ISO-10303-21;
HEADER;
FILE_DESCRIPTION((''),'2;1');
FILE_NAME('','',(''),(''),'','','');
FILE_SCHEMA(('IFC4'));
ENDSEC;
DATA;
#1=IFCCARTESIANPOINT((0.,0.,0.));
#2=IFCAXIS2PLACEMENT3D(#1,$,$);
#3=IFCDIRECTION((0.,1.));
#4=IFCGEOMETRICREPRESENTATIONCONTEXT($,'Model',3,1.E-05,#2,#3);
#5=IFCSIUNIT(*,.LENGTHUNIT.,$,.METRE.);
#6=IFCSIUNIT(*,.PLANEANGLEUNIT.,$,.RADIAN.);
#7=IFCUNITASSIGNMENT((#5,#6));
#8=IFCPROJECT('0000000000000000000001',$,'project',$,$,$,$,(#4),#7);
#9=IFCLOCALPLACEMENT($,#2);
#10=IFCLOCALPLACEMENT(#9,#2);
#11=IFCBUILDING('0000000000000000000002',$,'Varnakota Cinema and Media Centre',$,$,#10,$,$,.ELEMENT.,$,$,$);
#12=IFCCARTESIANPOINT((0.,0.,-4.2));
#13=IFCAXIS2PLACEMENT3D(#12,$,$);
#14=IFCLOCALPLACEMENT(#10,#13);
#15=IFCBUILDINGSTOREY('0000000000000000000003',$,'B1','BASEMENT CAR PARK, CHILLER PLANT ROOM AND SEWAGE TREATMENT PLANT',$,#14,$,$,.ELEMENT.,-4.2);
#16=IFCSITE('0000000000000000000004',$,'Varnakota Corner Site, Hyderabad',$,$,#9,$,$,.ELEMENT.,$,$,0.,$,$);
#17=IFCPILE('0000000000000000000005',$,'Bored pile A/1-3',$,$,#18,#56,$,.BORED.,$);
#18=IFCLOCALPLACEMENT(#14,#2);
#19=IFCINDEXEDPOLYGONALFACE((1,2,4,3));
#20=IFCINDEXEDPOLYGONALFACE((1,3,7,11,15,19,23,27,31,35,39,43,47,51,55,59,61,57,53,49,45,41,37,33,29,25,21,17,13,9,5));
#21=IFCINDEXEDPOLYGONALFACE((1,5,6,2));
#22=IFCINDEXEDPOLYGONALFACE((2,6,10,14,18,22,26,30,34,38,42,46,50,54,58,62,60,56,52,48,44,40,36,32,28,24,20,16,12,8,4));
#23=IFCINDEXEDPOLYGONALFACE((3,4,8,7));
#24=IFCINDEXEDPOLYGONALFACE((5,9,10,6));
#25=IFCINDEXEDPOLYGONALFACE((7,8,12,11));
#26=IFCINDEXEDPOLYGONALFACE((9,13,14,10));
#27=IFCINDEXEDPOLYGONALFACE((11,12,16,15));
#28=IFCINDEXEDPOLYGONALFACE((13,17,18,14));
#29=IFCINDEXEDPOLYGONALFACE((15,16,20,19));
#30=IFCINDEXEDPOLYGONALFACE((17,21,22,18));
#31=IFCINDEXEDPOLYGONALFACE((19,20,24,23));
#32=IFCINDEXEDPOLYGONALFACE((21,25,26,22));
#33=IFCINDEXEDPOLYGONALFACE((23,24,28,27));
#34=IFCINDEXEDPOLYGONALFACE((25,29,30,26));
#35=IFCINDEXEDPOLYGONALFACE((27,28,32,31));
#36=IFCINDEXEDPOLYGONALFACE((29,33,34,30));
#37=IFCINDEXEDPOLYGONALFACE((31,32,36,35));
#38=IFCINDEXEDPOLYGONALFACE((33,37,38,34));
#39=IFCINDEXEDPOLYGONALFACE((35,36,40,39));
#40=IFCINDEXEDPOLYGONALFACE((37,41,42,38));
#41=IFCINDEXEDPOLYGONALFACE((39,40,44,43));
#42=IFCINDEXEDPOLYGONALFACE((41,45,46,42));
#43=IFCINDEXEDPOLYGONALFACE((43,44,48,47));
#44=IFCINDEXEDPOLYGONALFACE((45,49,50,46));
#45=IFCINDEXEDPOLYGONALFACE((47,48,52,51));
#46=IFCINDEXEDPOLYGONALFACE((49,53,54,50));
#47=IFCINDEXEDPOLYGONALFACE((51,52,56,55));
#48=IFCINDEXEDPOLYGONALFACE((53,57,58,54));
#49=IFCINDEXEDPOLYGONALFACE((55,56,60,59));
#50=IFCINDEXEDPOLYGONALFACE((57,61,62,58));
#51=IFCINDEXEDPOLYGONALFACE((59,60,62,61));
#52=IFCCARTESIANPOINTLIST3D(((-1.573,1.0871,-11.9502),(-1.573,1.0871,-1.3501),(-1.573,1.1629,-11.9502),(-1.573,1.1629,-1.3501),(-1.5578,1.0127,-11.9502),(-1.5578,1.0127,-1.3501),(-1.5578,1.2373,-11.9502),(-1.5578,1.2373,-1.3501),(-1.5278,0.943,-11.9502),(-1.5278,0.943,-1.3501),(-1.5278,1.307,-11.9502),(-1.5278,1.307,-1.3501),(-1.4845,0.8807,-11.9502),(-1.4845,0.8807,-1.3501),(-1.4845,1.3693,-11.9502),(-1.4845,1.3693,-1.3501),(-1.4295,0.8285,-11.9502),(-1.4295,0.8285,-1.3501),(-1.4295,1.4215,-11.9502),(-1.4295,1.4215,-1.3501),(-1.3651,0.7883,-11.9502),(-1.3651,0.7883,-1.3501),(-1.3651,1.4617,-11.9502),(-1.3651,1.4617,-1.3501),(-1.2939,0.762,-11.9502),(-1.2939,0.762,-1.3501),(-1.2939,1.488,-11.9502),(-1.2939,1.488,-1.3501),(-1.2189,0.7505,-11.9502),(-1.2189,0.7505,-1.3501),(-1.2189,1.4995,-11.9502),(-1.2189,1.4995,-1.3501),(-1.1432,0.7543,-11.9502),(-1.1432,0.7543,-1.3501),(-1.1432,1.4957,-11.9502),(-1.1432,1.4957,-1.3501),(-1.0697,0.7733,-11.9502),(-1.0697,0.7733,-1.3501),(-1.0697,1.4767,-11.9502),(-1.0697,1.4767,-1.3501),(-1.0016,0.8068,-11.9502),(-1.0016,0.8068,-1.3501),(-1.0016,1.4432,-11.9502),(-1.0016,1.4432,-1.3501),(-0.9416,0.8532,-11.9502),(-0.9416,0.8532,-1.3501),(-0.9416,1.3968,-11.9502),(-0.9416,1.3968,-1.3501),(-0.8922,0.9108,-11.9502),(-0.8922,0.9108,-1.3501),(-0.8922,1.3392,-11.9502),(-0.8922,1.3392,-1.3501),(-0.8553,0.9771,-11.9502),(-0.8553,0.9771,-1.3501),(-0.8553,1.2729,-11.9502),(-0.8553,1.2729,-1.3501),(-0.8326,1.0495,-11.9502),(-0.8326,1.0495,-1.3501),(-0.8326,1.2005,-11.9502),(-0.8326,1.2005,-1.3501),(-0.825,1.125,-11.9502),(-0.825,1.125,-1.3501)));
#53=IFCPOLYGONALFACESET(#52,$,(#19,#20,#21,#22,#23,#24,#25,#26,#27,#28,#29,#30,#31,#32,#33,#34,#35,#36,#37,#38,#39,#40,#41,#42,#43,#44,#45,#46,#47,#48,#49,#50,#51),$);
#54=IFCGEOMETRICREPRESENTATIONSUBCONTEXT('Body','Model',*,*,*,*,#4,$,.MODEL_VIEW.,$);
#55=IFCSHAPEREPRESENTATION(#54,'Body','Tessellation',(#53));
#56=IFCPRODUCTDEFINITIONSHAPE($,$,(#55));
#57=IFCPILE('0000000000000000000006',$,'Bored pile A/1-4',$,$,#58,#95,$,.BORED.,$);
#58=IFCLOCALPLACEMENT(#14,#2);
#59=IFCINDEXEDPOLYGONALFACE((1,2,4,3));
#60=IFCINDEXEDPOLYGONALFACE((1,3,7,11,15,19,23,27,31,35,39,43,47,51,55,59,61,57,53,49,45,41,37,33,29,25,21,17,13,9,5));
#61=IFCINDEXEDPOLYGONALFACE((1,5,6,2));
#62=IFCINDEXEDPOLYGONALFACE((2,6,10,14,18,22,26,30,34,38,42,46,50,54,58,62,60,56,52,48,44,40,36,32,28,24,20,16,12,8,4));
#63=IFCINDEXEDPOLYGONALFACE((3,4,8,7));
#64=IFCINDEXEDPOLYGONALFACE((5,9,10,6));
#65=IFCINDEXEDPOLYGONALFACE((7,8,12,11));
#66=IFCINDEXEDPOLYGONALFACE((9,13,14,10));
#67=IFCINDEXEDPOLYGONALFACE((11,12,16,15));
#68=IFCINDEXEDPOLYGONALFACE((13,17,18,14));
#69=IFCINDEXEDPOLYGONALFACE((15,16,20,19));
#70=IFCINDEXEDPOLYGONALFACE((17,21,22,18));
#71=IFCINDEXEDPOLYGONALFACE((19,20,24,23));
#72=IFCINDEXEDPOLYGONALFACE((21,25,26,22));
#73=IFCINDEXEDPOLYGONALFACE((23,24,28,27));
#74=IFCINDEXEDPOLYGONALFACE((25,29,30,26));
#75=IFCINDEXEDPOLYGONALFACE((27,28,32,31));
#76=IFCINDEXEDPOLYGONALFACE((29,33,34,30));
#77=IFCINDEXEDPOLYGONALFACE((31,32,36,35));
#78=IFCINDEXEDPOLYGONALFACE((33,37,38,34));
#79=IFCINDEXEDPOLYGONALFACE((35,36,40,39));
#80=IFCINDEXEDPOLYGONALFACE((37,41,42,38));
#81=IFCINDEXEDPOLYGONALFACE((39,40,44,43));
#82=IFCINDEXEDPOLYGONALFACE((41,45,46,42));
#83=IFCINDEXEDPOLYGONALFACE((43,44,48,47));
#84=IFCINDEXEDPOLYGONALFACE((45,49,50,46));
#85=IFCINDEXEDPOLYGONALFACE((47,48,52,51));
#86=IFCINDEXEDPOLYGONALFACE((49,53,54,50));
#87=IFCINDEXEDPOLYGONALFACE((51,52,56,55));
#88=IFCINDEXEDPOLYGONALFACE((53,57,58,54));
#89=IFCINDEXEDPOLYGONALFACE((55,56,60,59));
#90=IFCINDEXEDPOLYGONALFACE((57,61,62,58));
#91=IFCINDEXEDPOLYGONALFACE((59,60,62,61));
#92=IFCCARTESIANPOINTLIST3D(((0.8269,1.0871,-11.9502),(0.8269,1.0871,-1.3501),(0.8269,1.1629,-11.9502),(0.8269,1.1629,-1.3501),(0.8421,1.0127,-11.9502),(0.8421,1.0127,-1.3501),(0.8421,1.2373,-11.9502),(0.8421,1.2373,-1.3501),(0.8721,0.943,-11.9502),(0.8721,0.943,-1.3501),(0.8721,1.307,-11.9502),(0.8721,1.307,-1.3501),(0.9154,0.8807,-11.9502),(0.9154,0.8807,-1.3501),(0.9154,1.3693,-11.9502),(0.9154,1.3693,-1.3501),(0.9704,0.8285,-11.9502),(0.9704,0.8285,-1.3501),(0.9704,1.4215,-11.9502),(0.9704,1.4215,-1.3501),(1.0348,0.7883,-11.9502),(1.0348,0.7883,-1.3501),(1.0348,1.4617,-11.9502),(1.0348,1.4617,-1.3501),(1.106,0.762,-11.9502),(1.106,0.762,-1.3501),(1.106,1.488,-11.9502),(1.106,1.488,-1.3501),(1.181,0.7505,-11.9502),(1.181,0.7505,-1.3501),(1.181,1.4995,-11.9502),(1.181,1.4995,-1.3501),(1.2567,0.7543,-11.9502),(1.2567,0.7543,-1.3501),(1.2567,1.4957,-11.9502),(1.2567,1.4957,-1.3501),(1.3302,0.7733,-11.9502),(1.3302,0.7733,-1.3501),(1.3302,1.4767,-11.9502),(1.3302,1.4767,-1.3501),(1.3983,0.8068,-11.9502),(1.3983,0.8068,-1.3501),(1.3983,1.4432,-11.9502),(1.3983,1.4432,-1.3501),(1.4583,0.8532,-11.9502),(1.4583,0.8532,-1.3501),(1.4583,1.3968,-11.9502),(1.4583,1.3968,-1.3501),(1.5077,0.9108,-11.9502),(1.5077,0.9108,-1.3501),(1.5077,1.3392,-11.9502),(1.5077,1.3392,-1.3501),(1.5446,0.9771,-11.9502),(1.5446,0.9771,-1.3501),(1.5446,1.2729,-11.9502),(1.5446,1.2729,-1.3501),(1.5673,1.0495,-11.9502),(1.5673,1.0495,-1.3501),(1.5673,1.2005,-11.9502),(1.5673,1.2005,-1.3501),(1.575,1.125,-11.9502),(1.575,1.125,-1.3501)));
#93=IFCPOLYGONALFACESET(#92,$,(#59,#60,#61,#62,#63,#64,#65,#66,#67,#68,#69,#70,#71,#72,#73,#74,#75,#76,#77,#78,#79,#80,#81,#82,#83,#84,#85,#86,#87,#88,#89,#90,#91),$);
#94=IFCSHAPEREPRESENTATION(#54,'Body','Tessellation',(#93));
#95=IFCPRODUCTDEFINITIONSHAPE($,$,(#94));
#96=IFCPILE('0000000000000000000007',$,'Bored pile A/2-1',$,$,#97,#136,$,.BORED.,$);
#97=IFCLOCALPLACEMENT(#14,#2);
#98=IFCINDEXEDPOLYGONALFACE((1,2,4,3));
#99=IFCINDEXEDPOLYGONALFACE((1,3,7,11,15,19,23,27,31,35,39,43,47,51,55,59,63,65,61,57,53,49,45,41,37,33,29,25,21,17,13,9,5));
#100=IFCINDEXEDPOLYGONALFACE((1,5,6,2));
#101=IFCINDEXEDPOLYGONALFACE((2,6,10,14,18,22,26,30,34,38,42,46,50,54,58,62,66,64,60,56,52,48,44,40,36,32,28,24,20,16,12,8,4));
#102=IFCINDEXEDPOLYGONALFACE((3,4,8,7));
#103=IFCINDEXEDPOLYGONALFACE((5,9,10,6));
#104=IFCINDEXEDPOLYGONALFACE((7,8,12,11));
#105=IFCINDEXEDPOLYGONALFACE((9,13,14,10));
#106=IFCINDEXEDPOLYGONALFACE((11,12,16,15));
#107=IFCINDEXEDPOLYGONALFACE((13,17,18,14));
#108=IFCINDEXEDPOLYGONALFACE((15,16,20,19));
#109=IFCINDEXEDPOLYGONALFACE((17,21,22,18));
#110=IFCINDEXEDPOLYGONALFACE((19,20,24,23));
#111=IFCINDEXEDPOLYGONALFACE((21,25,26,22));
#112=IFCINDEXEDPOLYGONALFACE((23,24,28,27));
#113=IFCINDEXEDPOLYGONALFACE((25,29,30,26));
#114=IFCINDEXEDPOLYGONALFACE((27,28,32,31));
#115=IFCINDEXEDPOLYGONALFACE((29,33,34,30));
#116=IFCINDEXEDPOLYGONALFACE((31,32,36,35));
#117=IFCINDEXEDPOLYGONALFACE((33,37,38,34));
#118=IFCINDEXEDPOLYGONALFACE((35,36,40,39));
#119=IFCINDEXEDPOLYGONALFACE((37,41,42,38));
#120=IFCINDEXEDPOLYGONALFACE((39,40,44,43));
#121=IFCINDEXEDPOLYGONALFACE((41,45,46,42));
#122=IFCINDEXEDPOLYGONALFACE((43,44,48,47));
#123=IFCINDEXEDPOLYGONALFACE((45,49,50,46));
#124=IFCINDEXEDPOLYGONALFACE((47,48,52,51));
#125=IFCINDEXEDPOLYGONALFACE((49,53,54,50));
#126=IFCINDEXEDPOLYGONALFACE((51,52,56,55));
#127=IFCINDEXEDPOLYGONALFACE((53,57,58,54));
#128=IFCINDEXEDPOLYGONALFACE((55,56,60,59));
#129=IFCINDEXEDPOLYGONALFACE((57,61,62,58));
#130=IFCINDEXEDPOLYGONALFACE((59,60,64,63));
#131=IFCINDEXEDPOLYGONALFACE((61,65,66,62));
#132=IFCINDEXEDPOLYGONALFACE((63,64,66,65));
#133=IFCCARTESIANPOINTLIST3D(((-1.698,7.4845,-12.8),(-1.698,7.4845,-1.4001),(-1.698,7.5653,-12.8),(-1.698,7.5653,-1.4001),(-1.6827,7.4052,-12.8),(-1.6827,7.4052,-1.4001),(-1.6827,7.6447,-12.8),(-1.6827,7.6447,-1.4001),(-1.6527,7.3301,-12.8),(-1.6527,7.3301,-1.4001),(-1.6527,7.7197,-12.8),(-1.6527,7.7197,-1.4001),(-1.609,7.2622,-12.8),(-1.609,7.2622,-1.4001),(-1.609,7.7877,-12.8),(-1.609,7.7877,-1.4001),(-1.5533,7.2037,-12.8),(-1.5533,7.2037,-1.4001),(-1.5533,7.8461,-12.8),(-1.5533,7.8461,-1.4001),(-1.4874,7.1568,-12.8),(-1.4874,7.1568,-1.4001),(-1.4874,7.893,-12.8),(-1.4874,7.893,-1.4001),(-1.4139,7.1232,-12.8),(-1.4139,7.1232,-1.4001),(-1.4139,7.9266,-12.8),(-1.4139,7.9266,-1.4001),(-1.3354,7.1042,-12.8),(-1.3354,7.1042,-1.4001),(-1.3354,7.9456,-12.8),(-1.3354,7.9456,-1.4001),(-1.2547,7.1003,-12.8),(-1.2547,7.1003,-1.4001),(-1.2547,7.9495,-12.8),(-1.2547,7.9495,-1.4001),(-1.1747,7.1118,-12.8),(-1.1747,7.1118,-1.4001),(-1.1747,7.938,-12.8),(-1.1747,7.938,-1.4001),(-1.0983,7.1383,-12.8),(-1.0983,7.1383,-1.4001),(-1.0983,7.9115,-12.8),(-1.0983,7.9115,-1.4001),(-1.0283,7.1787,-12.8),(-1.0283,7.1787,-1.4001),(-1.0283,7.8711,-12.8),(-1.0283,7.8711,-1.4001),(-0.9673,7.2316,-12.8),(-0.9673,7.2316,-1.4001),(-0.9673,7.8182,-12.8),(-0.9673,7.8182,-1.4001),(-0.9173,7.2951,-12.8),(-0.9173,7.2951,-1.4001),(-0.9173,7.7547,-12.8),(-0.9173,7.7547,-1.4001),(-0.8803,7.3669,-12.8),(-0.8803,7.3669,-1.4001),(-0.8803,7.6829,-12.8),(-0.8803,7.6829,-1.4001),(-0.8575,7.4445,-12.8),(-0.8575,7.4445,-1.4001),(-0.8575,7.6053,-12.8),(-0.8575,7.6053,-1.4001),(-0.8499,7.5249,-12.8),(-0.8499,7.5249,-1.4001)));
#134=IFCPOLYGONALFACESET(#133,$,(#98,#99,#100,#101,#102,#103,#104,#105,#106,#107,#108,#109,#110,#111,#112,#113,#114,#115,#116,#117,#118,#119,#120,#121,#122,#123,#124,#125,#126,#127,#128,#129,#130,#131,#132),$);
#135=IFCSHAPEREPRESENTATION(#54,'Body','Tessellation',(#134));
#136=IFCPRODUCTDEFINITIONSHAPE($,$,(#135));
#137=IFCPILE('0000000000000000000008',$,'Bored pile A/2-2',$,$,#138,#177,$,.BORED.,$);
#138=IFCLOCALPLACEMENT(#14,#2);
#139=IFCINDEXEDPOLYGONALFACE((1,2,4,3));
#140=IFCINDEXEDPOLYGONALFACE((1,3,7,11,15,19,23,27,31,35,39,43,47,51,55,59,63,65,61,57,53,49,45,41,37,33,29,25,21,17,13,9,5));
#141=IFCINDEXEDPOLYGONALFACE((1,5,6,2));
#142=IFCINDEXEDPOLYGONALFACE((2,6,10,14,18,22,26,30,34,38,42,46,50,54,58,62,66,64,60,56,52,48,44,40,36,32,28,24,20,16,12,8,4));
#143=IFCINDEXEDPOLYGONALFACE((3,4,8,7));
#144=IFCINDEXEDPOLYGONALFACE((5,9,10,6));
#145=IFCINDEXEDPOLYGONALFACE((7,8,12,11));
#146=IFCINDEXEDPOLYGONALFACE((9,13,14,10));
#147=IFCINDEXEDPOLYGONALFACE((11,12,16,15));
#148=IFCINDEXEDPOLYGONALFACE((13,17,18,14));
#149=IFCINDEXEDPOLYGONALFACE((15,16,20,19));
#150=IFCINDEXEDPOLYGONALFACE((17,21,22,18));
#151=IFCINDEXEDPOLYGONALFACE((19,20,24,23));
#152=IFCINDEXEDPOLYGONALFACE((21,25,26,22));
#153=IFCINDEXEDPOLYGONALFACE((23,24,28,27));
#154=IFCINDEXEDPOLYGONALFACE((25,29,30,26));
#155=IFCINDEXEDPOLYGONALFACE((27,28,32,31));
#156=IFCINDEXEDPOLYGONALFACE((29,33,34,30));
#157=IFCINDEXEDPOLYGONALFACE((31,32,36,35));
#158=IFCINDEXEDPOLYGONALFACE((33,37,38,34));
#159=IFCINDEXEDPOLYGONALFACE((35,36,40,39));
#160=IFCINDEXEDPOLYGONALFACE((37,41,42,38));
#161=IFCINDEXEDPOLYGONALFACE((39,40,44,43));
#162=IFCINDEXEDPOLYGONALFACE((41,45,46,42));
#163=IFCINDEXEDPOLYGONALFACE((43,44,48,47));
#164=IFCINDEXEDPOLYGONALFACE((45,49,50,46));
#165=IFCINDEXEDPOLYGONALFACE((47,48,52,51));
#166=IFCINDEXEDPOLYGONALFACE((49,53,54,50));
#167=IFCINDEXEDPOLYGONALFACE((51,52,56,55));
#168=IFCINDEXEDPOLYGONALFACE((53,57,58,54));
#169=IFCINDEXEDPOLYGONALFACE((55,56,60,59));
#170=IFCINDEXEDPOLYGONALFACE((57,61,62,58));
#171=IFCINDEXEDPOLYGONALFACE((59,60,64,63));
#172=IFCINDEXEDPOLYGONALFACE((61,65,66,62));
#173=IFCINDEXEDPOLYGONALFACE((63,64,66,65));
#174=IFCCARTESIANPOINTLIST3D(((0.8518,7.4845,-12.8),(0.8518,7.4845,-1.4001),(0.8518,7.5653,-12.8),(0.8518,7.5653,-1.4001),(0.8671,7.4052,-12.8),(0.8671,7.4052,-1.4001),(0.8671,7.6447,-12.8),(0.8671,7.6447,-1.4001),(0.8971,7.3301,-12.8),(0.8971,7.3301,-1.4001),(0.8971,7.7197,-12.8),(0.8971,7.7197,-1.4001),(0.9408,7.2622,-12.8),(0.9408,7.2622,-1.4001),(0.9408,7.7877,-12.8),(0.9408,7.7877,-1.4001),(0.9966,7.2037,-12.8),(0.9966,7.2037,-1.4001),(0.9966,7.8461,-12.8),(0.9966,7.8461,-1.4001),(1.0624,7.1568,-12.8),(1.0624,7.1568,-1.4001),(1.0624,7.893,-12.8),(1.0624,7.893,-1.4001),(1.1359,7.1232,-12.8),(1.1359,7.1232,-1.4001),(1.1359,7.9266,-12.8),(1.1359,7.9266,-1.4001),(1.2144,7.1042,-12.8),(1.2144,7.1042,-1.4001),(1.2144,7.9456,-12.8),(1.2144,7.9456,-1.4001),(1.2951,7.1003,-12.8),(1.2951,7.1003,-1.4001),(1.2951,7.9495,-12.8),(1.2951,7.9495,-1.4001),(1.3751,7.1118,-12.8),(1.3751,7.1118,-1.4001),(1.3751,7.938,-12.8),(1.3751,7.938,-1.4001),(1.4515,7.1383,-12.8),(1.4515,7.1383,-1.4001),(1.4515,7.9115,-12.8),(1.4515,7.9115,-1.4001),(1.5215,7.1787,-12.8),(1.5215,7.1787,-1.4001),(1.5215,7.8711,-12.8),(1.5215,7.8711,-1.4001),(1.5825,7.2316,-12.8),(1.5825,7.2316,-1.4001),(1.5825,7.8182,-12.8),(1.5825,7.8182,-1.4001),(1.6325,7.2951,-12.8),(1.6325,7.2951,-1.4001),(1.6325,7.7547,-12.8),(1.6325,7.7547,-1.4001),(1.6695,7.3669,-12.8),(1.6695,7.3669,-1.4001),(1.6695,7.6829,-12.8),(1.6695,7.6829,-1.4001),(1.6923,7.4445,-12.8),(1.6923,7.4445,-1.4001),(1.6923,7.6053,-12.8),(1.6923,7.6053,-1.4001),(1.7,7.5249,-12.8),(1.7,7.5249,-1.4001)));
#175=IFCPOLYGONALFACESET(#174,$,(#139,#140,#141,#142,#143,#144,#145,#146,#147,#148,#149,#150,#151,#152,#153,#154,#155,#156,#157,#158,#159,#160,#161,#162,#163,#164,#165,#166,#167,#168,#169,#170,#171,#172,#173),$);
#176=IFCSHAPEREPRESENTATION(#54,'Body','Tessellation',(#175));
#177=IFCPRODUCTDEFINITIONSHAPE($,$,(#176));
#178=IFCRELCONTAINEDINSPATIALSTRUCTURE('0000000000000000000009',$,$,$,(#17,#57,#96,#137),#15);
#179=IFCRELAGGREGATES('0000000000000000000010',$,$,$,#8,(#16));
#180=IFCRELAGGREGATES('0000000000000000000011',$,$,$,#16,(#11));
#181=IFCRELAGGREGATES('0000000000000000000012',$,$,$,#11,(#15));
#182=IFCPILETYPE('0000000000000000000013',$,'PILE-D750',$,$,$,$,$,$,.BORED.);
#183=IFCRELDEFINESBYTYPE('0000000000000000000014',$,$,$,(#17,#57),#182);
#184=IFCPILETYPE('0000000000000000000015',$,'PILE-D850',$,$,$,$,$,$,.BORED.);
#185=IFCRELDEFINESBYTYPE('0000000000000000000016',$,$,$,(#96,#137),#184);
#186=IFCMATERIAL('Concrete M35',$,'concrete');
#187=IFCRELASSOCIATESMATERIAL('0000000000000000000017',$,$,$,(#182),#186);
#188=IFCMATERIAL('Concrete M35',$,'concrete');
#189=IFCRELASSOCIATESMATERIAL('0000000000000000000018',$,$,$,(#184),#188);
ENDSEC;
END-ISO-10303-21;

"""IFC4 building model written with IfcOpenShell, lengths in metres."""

from ifc_helpers import new_model, si_unit, direction, frame, origin, origin_2d, place, context, subcontext, project, spatial, circle, extrude, material, material_profile, profile_set, type_object, element, save


model = new_model("IFC4")

# Units and contexts
model_context = context("Model", 3, precision=1e-05, world=origin(), true_north=direction((0.0, 1.0)))
body_context = subcontext(model_context, "Body", "Model", "MODEL_VIEW")
ifc_project = project(units=[si_unit("LENGTHUNIT", "METRE"), si_unit("PLANEANGLEUNIT", "RADIAN")], contexts=[model_context])

# Site, building, storey
site_placement = place(None, origin())
site = spatial("IfcSite", under=ifc_project, at=site_placement, Name="Varnakota Corner Site, Hyderabad", CompositionType="ELEMENT", RefElevation=0.0)
building_placement = place(site_placement, origin())
building = spatial("IfcBuilding", under=site, at=building_placement, Name="Varnakota Cinema and Media Centre", CompositionType="ELEMENT")
storey_placement = place(building_placement, frame((0.0, 0.0, -4.2)))
storey = spatial("IfcBuildingStorey", under=building, at=storey_placement, Name="B1", Description="BASEMENT CAR PARK, CHILLER PLANT ROOM AND SEWAGE TREATMENT PLANT", CompositionType="ELEMENT", Elevation=-4.2)

# Piles
ifc_material_1 = material(Name="Concrete M35", Category="concrete")
ifc_material_profile_1 = material_profile(ifc_material_1, circle(Radius=0.375, at=origin_2d()), Name="PILE D750")
ifc_profile_set_1 = profile_set([ifc_material_profile_1], Name="Concrete M35")
pile_type_1 = type_object("IfcPileType", Name="PILE-D750", PredefinedType="BORED", material=ifc_profile_set_1)
for number, where, z_axis, x_axis, name in (
    (1, (-1.2, 1.125, -1.3501), (0.0, 0.0, -1.0), (1.0, 0.0, 0.0), "Bored pile A/1-3"),
    (2, (1.2, 1.125, -1.3501), (0.0, 0.0, -1.0), (1.0, 0.0, 0.0), "Bored pile A/1-4"),
):
    element("IfcPile", number, at=place(storey_placement, frame(where, z_axis=z_axis, x_axis=x_axis)), inside=storey, type_object=pile_type_1, Name=name, PredefinedType="BORED", context=body_context, shape_type="SweptSolid", body=[
        extrude(circle(Radius=0.375, at=origin_2d()), origin(), (0.0, 0.0, 1.0), 10.6001),
    ])
ifc_material_2 = material(Name="Concrete M35", Category="concrete")
ifc_material_profile_2 = material_profile(ifc_material_2, circle(Radius=0.425, at=origin_2d()), Name="PILE D850")
ifc_profile_set_2 = profile_set([ifc_material_profile_2], Name="Concrete M35")
pile_type_2 = type_object("IfcPileType", Name="PILE-D850", PredefinedType="BORED", material=ifc_profile_set_2)
for number, where, z_axis, x_axis, name in (
    (3, (-1.2749, 7.5249, -1.4001), (0.0, 0.0, -1.0), (1.0, 0.0, 0.0), "Bored pile A/2-1"),
    (4, (1.2749, 7.5249, -1.4001), (0.0, 0.0, -1.0), (1.0, 0.0, 0.0), "Bored pile A/2-2"),
):
    element("IfcPile", number, at=place(storey_placement, frame(where, z_axis=z_axis, x_axis=x_axis)), inside=storey, type_object=pile_type_2, Name=name, PredefinedType="BORED", context=body_context, shape_type="SweptSolid", body=[
        extrude(circle(Radius=0.425, at=origin_2d()), origin(), (0.0, 0.0, 1.0), 11.3999),
    ])

save(model, "model.ifc")
